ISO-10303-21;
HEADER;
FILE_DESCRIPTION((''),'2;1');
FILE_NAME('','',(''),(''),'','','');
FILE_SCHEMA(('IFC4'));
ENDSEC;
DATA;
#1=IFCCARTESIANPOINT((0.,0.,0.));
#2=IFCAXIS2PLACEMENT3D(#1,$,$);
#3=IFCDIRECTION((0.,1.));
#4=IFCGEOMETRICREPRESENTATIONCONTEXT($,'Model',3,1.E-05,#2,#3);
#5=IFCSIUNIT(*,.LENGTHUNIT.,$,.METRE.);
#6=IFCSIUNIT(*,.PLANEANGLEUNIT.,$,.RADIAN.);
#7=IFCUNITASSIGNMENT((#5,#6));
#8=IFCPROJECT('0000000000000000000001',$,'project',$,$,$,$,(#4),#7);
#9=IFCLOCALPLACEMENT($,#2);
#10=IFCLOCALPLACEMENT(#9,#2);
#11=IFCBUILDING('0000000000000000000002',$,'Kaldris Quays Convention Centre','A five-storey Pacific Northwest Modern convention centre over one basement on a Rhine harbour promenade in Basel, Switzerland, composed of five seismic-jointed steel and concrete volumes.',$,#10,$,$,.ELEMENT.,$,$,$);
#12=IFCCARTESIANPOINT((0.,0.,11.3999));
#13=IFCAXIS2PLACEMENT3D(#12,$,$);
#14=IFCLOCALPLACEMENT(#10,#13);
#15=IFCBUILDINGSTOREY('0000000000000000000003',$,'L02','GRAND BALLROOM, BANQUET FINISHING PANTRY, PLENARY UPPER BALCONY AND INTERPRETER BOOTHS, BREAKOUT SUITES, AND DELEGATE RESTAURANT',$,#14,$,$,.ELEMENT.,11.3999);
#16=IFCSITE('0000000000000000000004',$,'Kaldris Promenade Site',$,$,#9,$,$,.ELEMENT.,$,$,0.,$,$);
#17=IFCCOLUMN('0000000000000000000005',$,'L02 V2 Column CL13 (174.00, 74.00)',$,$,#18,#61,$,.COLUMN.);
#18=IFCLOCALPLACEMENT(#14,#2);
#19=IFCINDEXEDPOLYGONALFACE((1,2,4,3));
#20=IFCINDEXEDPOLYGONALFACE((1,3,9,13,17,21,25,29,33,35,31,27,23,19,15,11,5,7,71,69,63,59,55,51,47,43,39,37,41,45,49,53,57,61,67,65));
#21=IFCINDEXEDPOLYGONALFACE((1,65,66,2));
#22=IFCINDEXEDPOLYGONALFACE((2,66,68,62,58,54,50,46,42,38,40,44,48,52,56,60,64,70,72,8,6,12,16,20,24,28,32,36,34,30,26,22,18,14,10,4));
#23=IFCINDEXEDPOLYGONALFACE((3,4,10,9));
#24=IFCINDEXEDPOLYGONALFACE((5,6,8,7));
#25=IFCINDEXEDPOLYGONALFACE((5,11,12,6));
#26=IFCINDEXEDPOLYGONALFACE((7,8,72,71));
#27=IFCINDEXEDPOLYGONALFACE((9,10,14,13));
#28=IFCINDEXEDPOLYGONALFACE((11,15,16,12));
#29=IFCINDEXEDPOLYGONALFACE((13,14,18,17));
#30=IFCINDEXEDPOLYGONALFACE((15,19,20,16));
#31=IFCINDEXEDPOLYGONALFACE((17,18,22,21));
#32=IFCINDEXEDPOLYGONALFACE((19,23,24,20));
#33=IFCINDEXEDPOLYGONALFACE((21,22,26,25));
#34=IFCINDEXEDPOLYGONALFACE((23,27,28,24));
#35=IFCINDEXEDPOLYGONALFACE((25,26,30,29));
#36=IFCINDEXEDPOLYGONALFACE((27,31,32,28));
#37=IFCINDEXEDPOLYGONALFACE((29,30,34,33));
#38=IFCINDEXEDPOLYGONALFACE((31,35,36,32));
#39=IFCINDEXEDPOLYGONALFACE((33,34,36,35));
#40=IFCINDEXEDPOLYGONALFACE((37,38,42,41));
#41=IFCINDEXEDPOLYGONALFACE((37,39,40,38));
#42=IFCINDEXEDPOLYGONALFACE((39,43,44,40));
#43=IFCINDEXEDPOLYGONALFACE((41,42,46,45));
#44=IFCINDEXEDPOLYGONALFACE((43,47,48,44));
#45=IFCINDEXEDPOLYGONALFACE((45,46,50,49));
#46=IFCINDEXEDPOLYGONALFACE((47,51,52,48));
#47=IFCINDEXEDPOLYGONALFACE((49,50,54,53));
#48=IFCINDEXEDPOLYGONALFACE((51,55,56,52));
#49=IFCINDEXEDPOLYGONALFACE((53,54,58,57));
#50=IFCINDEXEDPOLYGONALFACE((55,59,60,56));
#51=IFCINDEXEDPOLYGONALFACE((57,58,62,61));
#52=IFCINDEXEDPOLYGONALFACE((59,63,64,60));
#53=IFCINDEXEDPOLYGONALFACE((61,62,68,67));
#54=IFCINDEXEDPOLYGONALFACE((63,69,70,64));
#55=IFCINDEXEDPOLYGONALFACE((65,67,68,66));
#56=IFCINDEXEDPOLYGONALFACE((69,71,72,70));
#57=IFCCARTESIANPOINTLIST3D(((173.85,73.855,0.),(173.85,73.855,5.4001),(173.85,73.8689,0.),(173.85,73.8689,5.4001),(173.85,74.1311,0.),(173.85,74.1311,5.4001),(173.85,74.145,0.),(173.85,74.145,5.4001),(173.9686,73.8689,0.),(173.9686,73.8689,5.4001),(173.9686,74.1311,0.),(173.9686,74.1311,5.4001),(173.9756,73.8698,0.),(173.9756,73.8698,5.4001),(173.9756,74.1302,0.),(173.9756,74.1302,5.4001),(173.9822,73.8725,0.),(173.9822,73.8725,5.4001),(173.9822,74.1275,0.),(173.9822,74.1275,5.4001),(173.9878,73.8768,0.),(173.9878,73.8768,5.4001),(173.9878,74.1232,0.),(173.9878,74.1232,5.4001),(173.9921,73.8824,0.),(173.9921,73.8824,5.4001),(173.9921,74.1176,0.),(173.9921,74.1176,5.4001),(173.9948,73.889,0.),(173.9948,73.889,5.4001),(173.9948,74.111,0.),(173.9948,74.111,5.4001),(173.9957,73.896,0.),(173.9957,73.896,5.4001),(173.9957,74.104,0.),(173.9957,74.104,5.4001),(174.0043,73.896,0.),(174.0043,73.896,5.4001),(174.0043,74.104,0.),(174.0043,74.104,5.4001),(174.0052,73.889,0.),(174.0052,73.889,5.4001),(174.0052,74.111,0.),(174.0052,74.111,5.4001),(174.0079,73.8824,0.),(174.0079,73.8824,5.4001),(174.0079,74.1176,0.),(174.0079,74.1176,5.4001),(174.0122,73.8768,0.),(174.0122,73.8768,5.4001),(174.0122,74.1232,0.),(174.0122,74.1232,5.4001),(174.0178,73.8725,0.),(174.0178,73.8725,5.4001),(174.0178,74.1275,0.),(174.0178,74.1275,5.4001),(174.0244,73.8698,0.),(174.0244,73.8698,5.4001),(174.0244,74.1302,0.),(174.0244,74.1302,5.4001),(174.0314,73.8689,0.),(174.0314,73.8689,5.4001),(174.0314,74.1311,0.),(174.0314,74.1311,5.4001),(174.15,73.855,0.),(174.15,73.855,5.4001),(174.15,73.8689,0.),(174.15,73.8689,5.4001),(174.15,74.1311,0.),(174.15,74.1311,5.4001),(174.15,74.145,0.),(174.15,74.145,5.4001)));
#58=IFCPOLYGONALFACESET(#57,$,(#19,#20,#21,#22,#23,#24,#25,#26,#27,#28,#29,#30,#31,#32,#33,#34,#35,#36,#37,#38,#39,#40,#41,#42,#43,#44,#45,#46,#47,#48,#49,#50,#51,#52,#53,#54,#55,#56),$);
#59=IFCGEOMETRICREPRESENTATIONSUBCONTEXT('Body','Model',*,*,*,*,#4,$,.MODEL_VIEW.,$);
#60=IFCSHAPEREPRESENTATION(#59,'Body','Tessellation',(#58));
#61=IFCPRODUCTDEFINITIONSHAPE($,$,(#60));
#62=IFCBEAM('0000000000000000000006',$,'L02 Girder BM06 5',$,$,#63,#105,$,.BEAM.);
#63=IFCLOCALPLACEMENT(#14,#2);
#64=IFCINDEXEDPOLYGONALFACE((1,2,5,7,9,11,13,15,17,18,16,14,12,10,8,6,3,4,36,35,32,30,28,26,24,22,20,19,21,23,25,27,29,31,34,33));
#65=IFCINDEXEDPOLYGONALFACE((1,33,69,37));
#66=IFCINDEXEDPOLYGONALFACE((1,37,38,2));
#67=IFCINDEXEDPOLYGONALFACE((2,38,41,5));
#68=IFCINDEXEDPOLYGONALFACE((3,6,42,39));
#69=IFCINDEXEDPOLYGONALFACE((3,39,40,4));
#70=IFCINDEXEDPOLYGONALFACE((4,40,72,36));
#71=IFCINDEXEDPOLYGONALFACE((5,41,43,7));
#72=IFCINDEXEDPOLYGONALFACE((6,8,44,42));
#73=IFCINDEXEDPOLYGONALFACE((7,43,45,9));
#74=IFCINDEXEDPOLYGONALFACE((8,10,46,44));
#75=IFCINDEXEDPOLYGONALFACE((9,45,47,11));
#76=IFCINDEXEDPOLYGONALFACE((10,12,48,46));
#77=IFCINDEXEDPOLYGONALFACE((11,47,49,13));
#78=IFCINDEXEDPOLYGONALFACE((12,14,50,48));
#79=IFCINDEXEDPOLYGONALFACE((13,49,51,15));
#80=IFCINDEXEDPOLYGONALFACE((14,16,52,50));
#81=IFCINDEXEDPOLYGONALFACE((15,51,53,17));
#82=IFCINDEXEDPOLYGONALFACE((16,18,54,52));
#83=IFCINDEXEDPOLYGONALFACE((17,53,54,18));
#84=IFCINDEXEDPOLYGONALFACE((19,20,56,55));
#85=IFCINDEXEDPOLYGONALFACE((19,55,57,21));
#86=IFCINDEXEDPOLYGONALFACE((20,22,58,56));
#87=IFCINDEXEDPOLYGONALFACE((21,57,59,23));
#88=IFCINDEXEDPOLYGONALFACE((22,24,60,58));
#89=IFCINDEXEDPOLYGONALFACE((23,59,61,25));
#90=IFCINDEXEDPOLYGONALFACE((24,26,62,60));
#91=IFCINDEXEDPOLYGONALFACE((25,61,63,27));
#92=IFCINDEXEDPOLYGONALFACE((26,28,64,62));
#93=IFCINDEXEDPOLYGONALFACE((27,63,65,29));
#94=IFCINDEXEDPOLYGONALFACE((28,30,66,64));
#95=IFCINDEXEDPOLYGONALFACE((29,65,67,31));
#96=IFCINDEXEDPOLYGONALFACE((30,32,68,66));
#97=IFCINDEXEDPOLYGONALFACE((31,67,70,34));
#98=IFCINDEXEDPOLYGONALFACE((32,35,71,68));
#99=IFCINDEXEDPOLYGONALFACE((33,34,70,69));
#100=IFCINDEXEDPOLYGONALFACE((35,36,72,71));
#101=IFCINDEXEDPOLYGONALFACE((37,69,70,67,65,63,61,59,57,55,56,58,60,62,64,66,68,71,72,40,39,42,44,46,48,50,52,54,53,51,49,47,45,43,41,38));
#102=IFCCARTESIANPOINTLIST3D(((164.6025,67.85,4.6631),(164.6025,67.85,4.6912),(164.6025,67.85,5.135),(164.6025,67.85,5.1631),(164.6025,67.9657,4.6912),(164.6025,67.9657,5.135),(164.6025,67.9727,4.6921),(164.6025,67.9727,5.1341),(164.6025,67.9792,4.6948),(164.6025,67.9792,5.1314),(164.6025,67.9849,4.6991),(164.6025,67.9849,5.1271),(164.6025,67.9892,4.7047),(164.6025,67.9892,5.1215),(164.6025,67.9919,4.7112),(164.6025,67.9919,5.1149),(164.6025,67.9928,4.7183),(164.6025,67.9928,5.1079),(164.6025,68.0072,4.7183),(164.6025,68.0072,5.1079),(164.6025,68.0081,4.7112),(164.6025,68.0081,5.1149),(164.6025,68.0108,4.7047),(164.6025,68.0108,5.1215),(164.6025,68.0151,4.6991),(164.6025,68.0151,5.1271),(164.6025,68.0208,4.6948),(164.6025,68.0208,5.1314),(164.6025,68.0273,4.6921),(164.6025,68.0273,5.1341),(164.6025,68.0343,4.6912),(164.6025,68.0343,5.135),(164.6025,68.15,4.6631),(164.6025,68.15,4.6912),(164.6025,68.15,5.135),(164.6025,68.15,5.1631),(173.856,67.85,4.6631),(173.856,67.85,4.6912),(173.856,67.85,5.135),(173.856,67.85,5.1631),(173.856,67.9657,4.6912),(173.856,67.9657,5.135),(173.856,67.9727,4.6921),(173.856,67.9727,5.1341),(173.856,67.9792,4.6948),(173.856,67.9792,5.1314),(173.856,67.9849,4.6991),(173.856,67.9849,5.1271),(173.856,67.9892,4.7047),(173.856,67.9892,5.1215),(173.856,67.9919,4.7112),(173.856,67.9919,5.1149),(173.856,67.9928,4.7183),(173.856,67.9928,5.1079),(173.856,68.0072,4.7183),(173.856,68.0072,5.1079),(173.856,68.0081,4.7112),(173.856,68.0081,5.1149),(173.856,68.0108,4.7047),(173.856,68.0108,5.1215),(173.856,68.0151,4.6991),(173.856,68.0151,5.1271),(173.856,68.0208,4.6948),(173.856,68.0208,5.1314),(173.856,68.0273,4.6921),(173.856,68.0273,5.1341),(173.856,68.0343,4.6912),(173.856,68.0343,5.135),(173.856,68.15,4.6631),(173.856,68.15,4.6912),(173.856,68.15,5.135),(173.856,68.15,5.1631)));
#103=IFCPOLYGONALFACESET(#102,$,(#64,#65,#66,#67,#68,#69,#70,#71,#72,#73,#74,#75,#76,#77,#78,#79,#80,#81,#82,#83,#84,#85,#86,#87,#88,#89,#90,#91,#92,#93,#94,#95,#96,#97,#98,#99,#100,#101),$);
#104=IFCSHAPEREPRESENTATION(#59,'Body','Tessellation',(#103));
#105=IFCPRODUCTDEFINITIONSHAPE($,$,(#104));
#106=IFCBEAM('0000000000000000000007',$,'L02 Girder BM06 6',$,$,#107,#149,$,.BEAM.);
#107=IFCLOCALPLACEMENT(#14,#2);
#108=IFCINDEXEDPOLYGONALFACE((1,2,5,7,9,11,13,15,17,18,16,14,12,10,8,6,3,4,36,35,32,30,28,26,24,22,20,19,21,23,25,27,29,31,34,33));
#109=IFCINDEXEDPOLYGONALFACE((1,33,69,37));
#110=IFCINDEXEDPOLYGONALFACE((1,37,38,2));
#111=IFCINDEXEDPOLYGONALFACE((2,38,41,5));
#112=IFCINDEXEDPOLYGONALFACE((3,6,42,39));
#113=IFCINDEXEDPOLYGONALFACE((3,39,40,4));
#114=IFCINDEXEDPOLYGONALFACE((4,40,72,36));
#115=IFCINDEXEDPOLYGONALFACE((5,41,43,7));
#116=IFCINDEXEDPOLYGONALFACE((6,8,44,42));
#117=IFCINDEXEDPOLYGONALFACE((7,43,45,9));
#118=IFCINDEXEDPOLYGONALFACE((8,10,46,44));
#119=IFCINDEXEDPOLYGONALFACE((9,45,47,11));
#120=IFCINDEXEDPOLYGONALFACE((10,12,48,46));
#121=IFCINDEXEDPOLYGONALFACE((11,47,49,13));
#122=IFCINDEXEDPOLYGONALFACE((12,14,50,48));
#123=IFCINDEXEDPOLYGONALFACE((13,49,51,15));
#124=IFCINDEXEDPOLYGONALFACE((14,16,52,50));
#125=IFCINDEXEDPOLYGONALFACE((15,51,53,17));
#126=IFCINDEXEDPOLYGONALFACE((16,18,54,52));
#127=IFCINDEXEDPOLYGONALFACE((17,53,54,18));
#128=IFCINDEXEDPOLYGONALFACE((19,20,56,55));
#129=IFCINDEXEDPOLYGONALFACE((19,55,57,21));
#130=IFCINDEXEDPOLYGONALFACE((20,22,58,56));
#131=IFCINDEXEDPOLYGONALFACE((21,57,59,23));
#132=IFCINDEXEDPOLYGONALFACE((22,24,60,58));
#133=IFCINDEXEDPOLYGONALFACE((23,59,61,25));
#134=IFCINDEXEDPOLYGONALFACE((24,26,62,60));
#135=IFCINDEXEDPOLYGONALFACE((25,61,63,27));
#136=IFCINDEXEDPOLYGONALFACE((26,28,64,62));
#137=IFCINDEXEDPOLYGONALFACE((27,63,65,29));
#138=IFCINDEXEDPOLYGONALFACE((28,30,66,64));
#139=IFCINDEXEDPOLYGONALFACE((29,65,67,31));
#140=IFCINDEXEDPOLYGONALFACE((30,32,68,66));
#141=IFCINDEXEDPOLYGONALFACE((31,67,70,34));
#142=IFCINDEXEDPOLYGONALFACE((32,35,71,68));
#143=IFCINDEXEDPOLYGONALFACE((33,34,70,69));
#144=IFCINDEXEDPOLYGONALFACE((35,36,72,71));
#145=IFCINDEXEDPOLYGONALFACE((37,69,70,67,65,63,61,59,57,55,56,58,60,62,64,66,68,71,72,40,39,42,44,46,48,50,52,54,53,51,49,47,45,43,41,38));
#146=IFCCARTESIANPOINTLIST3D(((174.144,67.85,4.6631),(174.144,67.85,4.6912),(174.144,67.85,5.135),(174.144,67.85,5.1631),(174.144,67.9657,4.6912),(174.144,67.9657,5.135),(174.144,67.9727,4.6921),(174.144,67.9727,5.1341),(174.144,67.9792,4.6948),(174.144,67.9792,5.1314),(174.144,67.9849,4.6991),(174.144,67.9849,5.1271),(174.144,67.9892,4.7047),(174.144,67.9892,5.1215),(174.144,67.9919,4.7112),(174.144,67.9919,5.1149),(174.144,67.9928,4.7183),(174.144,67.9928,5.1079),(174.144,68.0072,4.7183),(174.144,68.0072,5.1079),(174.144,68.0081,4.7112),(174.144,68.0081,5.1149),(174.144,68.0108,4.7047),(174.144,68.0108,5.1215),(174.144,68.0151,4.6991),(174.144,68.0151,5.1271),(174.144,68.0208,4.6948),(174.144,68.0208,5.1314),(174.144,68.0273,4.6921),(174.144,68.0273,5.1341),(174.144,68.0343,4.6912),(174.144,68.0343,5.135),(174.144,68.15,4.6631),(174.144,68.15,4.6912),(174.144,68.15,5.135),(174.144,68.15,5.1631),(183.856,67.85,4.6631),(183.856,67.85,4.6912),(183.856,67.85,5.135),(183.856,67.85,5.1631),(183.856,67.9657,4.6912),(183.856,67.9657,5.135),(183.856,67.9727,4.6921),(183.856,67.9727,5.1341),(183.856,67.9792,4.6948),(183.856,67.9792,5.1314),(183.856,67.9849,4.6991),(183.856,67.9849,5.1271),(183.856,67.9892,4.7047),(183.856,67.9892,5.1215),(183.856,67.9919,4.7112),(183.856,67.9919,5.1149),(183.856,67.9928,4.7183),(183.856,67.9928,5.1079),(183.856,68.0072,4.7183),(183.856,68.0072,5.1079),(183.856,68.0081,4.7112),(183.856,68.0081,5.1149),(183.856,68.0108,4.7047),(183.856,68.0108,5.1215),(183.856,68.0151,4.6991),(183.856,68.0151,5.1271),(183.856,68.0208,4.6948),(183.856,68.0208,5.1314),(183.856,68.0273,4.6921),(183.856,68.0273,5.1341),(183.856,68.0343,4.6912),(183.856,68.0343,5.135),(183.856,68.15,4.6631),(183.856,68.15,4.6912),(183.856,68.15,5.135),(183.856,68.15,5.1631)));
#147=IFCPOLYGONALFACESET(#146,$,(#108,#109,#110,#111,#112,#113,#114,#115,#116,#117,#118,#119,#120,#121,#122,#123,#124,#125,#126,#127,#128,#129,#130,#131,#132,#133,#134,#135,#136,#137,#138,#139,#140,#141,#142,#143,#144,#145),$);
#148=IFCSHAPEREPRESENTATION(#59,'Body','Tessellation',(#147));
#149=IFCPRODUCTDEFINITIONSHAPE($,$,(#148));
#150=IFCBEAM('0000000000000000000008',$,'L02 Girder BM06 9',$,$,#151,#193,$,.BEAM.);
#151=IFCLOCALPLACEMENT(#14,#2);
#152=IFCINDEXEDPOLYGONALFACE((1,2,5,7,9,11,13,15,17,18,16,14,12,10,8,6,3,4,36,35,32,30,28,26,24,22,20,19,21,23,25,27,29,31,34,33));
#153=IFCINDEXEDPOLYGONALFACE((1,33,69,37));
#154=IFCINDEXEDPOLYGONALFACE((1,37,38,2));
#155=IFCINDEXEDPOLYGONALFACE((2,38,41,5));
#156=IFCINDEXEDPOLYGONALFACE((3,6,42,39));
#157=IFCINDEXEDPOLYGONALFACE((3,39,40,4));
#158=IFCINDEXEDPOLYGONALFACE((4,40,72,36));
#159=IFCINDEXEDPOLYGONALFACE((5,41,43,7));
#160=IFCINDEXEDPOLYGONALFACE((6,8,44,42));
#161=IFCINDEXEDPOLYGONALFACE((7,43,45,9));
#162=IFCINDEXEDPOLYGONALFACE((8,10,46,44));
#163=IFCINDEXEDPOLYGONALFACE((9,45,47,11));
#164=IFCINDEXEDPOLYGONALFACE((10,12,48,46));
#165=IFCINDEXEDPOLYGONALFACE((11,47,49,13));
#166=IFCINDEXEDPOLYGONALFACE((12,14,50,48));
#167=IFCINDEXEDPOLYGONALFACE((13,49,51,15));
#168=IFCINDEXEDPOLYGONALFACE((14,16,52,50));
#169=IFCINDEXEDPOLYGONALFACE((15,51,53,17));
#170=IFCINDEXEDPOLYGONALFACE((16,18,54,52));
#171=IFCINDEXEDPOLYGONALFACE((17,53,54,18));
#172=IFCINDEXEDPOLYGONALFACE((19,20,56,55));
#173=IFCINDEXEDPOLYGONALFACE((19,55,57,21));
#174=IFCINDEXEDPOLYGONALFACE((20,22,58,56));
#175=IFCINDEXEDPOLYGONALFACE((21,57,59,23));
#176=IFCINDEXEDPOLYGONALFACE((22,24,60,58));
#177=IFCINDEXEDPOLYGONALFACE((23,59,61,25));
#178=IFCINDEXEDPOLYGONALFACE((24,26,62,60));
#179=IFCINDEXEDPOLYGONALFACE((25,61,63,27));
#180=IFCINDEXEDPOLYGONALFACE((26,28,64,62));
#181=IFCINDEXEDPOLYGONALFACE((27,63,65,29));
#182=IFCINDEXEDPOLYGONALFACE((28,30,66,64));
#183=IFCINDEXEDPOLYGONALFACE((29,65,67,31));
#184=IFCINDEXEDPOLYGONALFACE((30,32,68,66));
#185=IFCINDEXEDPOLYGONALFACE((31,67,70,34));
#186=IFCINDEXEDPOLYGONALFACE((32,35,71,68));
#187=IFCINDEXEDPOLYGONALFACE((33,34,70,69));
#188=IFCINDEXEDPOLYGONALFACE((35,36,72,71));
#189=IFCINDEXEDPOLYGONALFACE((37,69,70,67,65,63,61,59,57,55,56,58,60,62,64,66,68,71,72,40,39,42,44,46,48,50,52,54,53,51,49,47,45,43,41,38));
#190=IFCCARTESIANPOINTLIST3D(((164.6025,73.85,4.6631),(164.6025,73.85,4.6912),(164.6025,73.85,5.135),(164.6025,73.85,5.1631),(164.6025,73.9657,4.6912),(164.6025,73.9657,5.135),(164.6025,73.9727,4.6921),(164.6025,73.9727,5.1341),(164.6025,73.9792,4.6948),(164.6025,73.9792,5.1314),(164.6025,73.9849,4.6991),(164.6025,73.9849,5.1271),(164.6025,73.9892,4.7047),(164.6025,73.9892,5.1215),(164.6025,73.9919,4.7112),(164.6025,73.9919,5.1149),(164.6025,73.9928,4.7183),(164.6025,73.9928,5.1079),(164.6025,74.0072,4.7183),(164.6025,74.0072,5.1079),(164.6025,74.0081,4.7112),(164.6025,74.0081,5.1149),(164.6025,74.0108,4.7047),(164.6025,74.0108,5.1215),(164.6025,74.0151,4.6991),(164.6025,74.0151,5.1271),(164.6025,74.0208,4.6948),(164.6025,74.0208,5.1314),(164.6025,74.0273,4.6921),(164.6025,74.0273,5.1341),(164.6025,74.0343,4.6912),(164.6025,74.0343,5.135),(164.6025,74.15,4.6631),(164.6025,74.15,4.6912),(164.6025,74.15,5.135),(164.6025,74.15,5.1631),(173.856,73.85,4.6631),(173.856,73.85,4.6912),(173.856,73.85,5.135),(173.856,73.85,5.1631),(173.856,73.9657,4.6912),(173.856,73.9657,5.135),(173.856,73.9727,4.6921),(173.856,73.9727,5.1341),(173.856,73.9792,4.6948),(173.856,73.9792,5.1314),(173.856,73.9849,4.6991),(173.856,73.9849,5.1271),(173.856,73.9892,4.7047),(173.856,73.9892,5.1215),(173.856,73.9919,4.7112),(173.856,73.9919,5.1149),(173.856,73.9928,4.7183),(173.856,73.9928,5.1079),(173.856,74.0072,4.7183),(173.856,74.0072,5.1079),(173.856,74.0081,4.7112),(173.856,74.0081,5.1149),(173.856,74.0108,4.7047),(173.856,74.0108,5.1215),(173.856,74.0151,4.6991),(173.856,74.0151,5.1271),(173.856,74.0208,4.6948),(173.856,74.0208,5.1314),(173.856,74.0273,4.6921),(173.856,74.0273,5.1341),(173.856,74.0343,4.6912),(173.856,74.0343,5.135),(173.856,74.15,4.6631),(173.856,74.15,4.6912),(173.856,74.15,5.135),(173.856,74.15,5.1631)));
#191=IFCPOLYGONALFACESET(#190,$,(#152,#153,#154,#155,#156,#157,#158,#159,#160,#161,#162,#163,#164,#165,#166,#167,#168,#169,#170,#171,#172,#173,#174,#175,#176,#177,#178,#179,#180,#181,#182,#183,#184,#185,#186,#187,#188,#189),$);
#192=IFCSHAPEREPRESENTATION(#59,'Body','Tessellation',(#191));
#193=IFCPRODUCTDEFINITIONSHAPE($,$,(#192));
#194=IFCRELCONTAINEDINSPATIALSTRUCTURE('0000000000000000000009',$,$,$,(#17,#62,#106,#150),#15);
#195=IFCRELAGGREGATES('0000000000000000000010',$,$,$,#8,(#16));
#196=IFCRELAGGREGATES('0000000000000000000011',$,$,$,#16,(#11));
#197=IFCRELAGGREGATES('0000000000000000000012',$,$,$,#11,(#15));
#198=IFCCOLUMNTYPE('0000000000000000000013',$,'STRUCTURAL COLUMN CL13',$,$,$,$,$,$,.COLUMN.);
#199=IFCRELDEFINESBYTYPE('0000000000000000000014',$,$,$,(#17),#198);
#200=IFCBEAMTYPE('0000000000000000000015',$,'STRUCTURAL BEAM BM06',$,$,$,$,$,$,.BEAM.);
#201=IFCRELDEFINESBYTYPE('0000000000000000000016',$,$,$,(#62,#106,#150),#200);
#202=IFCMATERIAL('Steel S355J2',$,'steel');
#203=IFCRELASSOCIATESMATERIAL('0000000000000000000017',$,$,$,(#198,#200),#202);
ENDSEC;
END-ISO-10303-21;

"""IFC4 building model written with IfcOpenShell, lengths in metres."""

from ifc_helpers import new_model, si_unit, direction, frame, origin, origin_2d, place, context, subcontext, project, spatial, i_section, extrude, material, material_profile, profile_set, type_object, element, save


model = new_model("IFC4")

# Units and contexts
model_context = context("Model", 3, precision=1e-05, world=origin(), true_north=direction((0.0, 1.0)))
body_context = subcontext(model_context, "Body", "Model", "MODEL_VIEW")
ifc_project = project(units=[si_unit("LENGTHUNIT", "METRE"), si_unit("PLANEANGLEUNIT", "RADIAN")], contexts=[model_context])

# Site, building, storey
site_placement = place(None, origin())
site = spatial("IfcSite", under=ifc_project, at=site_placement, Name="Kaldris Promenade Site", CompositionType="ELEMENT", RefElevation=0.0)
building_placement = place(site_placement, origin())
building = spatial("IfcBuilding", under=site, at=building_placement, Name="Kaldris Quays Convention Centre", Description="A five-storey Pacific Northwest Modern convention centre over one basement on a Rhine harbour promenade in Basel, Switzerland, composed of five seismic-jointed steel and concrete volumes.", CompositionType="ELEMENT")
storey_placement = place(building_placement, frame((0.0, 0.0, 11.3999)))
storey = spatial("IfcBuildingStorey", under=building, at=storey_placement, Name="L02", Description="GRAND BALLROOM, BANQUET FINISHING PANTRY, PLENARY UPPER BALCONY AND INTERPRETER BOOTHS, BREAKOUT SUITES, AND DELEGATE RESTAURANT", CompositionType="ELEMENT", Elevation=11.3999)

# Column
ifc_material_1 = material(Name="Steel S355J2", Category="steel")
ifc_material_profile_1 = material_profile(ifc_material_1, i_section(OverallWidth=0.3, OverallDepth=0.29, WebThickness=0.0085, FlangeThickness=0.0139, FilletRadius=0.0271, at=origin_2d()), Name="HEA 300")
ifc_profile_set_1 = profile_set([ifc_material_profile_1], Name="Steel S355J2")
column_type_1 = type_object("IfcColumnType", Name="STRUCTURAL COLUMN CL13", PredefinedType="COLUMN", material=ifc_profile_set_1)
for number, where, z_axis, x_axis, name in (
    (1, (174.0, 74.0, 0.0), (0.0, 0.0, 1.0), (1.0, 0.0, 0.0), "L02 V2 Column CL13 (174.00, 74.00)"),
):
    element("IfcColumn", number, at=place(storey_placement, frame(where, z_axis=z_axis, x_axis=x_axis)), inside=storey, type_object=column_type_1, Name=name, PredefinedType="COLUMN", context=body_context, shape_type="SweptSolid", body=[
        extrude(i_section(OverallWidth=0.3, OverallDepth=0.29, WebThickness=0.0085, FlangeThickness=0.0139, FilletRadius=0.0271, at=origin_2d()), origin(), (0.0, 0.0, 1.0), 5.4001),
    ])

# Beams
ifc_material_profile_2 = material_profile(ifc_material_1, i_section(OverallWidth=0.3, OverallDepth=0.5, WebThickness=0.0144, FlangeThickness=0.0281, FilletRadius=0.0271, at=origin_2d()), Name="HEB 500")
ifc_profile_set_2 = profile_set([ifc_material_profile_2], Name="Steel S355J2")
beam_type_1 = type_object("IfcBeamType", Name="STRUCTURAL BEAM BM06", PredefinedType="BEAM", material=ifc_profile_set_2)
beam_1_placement = place(storey_placement, frame((164.6025, 68.0, 4.9131), z_axis=(1.0, 0.0, 0.0), x_axis=(0.0, 1.0, 0.0)))
element("IfcBeam", 2, at=beam_1_placement, inside=storey, type_object=beam_type_1, Name="L02 Girder BM06 5", PredefinedType="BEAM", context=body_context, shape_type="SweptSolid", body=[
    extrude(i_section(OverallWidth=0.3, OverallDepth=0.5, WebThickness=0.0144, FlangeThickness=0.0281, FilletRadius=0.0271, at=origin_2d()), origin(), (0.0, 0.0, 1.0), 9.2534),
])
beam_2_placement = place(storey_placement, frame((174.144, 68.0, 4.9131), z_axis=(1.0, 0.0, 0.0), x_axis=(0.0, 1.0, 0.0)))
element("IfcBeam", 3, at=beam_2_placement, inside=storey, type_object=beam_type_1, Name="L02 Girder BM06 6", PredefinedType="BEAM", context=body_context, shape_type="SweptSolid", body=[
    extrude(i_section(OverallWidth=0.3, OverallDepth=0.5, WebThickness=0.0144, FlangeThickness=0.0281, FilletRadius=0.0271, at=origin_2d()), origin(), (0.0, 0.0, 1.0), 9.7119),
])
beam_3_placement = place(storey_placement, frame((164.6025, 74.0, 4.9131), z_axis=(1.0, 0.0, 0.0), x_axis=(0.0, 1.0, 0.0)))
element("IfcBeam", 4, at=beam_3_placement, inside=storey, type_object=beam_type_1, Name="L02 Girder BM06 9", PredefinedType="BEAM", context=body_context, shape_type="SweptSolid", body=[
    extrude(i_section(OverallWidth=0.3, OverallDepth=0.5, WebThickness=0.0144, FlangeThickness=0.0281, FilletRadius=0.0271, at=origin_2d()), origin(), (0.0, 0.0, 1.0), 9.2534),
])

save(model, "model.ifc")
